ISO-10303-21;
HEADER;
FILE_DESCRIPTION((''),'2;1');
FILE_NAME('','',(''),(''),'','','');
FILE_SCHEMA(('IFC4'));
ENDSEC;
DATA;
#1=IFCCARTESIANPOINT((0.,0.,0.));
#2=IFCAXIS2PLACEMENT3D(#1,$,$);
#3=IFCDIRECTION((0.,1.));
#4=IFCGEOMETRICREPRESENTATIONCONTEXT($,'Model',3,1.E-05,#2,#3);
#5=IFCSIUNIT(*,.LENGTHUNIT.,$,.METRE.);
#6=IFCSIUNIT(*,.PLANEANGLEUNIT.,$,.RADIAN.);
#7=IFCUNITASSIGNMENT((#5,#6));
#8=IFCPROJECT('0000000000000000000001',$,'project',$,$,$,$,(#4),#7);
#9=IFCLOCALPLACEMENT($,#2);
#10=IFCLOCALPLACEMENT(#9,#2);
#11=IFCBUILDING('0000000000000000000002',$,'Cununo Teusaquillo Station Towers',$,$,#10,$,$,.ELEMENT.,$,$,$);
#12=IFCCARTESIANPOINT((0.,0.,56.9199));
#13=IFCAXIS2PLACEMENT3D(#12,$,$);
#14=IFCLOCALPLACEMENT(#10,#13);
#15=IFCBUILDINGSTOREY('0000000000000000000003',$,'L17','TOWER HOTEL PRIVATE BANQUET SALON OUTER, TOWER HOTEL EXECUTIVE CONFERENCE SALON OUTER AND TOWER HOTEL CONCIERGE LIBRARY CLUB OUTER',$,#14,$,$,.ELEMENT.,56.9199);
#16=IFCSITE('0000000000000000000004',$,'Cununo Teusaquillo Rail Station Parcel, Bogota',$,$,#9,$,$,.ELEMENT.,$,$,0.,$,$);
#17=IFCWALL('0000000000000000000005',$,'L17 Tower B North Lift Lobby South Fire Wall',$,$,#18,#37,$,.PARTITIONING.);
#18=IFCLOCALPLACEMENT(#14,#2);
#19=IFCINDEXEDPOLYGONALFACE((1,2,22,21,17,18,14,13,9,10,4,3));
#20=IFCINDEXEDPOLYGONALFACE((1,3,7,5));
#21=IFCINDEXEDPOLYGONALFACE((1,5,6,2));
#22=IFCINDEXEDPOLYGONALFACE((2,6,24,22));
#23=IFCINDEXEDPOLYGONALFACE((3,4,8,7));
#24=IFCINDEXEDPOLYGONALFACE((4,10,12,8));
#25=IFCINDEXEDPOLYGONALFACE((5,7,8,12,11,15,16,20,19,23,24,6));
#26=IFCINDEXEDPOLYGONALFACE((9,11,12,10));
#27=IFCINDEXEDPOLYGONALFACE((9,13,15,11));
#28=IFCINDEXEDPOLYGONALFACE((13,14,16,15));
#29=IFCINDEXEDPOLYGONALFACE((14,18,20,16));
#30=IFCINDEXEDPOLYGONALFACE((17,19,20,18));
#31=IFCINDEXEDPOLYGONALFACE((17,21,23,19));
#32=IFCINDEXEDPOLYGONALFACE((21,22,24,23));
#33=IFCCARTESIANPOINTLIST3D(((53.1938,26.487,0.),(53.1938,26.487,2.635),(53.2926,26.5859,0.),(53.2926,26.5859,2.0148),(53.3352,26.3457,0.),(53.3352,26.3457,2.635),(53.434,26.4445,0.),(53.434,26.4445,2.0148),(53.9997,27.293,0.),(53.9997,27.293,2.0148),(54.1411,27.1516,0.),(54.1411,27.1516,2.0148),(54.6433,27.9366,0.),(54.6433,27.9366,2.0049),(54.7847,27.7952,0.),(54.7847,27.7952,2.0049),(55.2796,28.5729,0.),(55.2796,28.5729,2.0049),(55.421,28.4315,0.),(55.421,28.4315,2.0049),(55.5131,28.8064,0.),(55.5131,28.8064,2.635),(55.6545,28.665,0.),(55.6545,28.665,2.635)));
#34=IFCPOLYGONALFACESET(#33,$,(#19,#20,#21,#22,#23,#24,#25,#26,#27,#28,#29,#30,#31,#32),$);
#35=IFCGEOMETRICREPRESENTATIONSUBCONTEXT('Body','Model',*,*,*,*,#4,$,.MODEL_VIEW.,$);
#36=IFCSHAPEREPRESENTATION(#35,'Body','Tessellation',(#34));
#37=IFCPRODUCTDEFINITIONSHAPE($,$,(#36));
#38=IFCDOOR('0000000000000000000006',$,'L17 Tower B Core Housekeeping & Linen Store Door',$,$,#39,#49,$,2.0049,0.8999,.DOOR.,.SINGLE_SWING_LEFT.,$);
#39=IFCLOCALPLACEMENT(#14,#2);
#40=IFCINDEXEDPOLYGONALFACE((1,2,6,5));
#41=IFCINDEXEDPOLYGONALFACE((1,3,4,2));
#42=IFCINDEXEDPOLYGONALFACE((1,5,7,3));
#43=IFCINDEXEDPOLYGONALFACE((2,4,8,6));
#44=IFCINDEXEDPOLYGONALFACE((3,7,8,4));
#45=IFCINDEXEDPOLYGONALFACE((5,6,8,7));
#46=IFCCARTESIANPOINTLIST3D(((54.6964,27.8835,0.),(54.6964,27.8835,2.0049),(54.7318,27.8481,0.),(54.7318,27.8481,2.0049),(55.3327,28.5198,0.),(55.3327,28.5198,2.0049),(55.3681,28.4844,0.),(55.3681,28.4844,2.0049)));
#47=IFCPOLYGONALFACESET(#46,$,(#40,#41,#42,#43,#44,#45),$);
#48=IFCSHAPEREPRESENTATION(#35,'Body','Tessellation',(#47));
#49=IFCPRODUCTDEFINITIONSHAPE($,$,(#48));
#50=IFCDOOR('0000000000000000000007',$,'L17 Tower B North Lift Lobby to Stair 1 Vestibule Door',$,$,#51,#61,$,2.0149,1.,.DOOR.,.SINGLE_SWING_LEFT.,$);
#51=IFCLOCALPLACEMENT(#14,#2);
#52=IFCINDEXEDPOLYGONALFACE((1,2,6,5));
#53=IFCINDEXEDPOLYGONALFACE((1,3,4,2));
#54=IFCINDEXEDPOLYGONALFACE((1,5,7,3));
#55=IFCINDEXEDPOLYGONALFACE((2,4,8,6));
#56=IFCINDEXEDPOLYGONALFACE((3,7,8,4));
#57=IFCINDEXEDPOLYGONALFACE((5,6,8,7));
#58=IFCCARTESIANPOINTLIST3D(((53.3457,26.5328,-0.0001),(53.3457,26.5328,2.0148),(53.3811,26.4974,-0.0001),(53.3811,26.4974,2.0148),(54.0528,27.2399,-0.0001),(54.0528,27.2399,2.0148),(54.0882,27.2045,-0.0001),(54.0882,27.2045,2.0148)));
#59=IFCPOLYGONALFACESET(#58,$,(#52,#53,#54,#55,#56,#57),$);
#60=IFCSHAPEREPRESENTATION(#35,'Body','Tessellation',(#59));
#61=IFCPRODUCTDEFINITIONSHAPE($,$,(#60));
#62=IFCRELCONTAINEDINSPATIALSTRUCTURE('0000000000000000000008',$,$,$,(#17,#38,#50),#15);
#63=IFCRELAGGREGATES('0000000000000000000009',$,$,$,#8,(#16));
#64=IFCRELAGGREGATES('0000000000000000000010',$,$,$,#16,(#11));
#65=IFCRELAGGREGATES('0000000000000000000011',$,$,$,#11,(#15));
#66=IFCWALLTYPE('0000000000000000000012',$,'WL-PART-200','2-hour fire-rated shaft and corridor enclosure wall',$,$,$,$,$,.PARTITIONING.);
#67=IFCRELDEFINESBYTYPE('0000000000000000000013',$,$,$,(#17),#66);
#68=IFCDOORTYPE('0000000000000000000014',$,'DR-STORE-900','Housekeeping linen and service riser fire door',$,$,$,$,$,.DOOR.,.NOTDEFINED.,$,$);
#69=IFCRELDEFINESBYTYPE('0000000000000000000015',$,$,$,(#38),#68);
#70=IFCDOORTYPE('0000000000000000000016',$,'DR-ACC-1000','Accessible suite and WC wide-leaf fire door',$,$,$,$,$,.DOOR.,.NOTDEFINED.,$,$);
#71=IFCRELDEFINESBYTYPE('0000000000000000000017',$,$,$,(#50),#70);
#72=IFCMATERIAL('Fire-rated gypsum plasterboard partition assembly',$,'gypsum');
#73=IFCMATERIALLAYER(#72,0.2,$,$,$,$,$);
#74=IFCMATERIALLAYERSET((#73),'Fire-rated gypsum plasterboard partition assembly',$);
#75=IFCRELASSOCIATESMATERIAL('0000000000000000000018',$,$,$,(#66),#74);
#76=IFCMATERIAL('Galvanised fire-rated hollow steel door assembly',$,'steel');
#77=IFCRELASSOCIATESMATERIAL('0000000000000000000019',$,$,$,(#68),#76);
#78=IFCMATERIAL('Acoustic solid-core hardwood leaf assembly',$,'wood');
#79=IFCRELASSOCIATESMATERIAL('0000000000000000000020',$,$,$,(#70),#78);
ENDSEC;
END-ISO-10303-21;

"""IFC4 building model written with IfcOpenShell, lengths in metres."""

from ifc_helpers import new_model, si_unit, direction, frame, frame_2d, origin, place, context, subcontext, project, spatial, rectangle, extrude, source, transform, mapped, material, layer, layer_set, type_object, element, fill, save


model = new_model("IFC4")

# Units and contexts
model_context = context("Model", 3, precision=1e-05, world=origin(), true_north=direction((0.0, 1.0)))
body_context = subcontext(model_context, "Body", "Model", "MODEL_VIEW")
ifc_project = project(units=[si_unit("LENGTHUNIT", "METRE"), si_unit("PLANEANGLEUNIT", "RADIAN")], contexts=[model_context])

# Site, building, storey
site_placement = place(None, origin())
site = spatial("IfcSite", under=ifc_project, at=site_placement, Name="Cununo Teusaquillo Rail Station Parcel, Bogota", CompositionType="ELEMENT", RefElevation=0.0)
building_placement = place(site_placement, origin())
building = spatial("IfcBuilding", under=site, at=building_placement, Name="Cununo Teusaquillo Station Towers", CompositionType="ELEMENT")
storey_placement = place(building_placement, frame((0.0, 0.0, 56.9199)))
storey = spatial("IfcBuildingStorey", under=building, at=storey_placement, Name="L17", Description="TOWER HOTEL PRIVATE BANQUET SALON OUTER, TOWER HOTEL EXECUTIVE CONFERENCE SALON OUTER AND TOWER HOTEL CONCIERGE LIBRARY CLUB OUTER", CompositionType="ELEMENT", Elevation=56.9199)

# Wall, openings, doors
ifc_material_1 = material(Name="Fire-rated gypsum plasterboard partition assembly", Category="gypsum")
ifc_layer_1 = layer(ifc_material_1, 0.2)
ifc_layer_set_1 = layer_set([ifc_layer_1], Name="Fire-rated gypsum plasterboard partition assembly")
wall_type_1 = type_object("IfcWallType", Name="WL-PART-200", Description="2-hour fire-rated shaft and corridor enclosure wall", PredefinedType="PARTITIONING", material=ifc_layer_set_1)
wall_1_placement = place(storey_placement, frame((53.2644, 26.4163, 0.0), z_axis=(0.0, 0.0, 1.0), x_axis=(0.707107, 0.707107, 0.0)))
wall_1 = element("IfcWall", 1, at=wall_1_placement, inside=storey, type_object=wall_type_1, Name="L17 Tower B North Lift Lobby South Fire Wall", PredefinedType="PARTITIONING", context=body_context, shape_type="SweptSolid", body=[
    extrude(rectangle(XDim=3.28, YDim=0.2, at=frame_2d((1.6401, 0.0))), origin(), (0.0, 0.0, 1.0), 2.635),
])
shared_shape_1 = source(origin(), body_context, "Body", "SweptSolid", [
    extrude(rectangle(XDim=1.0, YDim=2.0149, at=frame_2d((0.5, 1.0073))), frame((0.0, 0.1099, 0.0), z_axis=(0.0, -1.0, 0.0), x_axis=(1.0, 0.0, 0.0)), (0.0, 0.0, 1.0), 0.22),
])
opening_1_placement = place(wall_1_placement, frame((0.1399, 0.0, 0.0)))
opening_1 = element("IfcOpeningElement", 2, at=opening_1_placement, cuts=wall_1, PredefinedType="OPENING", context=body_context, shape_type="MappedRepresentation", body=[
    mapped(shared_shape_1, transform((0.0, 0.0, 0.0), x_axis=(1.0, 0.0, 0.0), y_axis=(0.0, 1.0, 0.0), z_axis=(0.0, 0.0, 1.0), scale=1.0)),
])
shared_shape_2 = source(origin(), body_context, "Body", "SweptSolid", [
    extrude(rectangle(XDim=0.8999, YDim=2.0049, at=frame_2d((0.45, 1.0024))), frame((0.0, 0.1099, 0.0), z_axis=(0.0, -1.0, 0.0), x_axis=(1.0, 0.0, 0.0)), (0.0, 0.0, 1.0), 0.22),
])
opening_2_placement = place(wall_1_placement, frame((2.05, 0.0, 0.0)))
opening_2 = element("IfcOpeningElement", 3, at=opening_2_placement, cuts=wall_1, PredefinedType="OPENING", context=body_context, shape_type="MappedRepresentation", body=[
    mapped(shared_shape_2, transform((0.0, 0.0, 0.0), x_axis=(1.0, 0.0, 0.0), y_axis=(0.0, 1.0, 0.0), z_axis=(0.0, 0.0, 1.0), scale=1.0)),
])
ifc_material_2 = material(Name="Galvanised fire-rated hollow steel door assembly", Category="steel")
door_type_1 = type_object("IfcDoorType", Name="DR-STORE-900", Description="Housekeeping linen and service riser fire door", OperationType="NOTDEFINED", PredefinedType="DOOR", material=ifc_material_2)
shared_shape_3 = source(origin(), body_context, "Body", "SweptSolid", [
    extrude(rectangle(XDim=0.8999, YDim=2.0049, at=frame_2d((0.45, 1.0024))), frame((0.0, 0.0249, 0.0), z_axis=(0.0, -1.0, 0.0), x_axis=(1.0, 0.0, 0.0)), (0.0, 0.0, 1.0), 0.05),
])
door_1_placement = place(opening_2_placement, origin())
door_1 = element("IfcDoor", 4, at=door_1_placement, inside=storey, type_object=door_type_1, Name="L17 Tower B Core Housekeeping & Linen Store Door", OperationType="SINGLE_SWING_LEFT", OverallHeight=2.0049, OverallWidth=0.8999, PredefinedType="DOOR", context=body_context, shape_type="MappedRepresentation", body=[
    mapped(shared_shape_3, transform((0.0, 0.0, 0.0), x_axis=(1.0, 0.0, 0.0), y_axis=(0.0, 1.0, 0.0), z_axis=(0.0, 0.0, 1.0), scale=1.0)),
])
fill(opening_2, door_1)
ifc_material_3 = material(Name="Acoustic solid-core hardwood leaf assembly", Category="wood")
door_type_2 = type_object("IfcDoorType", Name="DR-ACC-1000", Description="Accessible suite and WC wide-leaf fire door", OperationType="NOTDEFINED", PredefinedType="DOOR", material=ifc_material_3)
shared_shape_4 = source(origin(), body_context, "Body", "SweptSolid", [
    extrude(rectangle(XDim=1.0, YDim=2.0149, at=frame_2d((0.5, 1.0073))), frame((0.0, 0.0249, 0.0), z_axis=(0.0, -1.0, 0.0), x_axis=(1.0, 0.0, 0.0)), (0.0, 0.0, 1.0), 0.05),
])
door_2_placement = place(opening_1_placement, origin())
door_2 = element("IfcDoor", 5, at=door_2_placement, inside=storey, type_object=door_type_2, Name="L17 Tower B North Lift Lobby to Stair 1 Vestibule Door", OperationType="SINGLE_SWING_LEFT", OverallHeight=2.0149, OverallWidth=1.0, PredefinedType="DOOR", context=body_context, shape_type="MappedRepresentation", body=[
    mapped(shared_shape_4, transform((0.0, 0.0, 0.0), x_axis=(1.0, 0.0, 0.0), y_axis=(0.0, 1.0, 0.0), z_axis=(0.0, 0.0, 1.0), scale=1.0)),
])
fill(opening_1, door_2)

save(model, "model.ifc")
